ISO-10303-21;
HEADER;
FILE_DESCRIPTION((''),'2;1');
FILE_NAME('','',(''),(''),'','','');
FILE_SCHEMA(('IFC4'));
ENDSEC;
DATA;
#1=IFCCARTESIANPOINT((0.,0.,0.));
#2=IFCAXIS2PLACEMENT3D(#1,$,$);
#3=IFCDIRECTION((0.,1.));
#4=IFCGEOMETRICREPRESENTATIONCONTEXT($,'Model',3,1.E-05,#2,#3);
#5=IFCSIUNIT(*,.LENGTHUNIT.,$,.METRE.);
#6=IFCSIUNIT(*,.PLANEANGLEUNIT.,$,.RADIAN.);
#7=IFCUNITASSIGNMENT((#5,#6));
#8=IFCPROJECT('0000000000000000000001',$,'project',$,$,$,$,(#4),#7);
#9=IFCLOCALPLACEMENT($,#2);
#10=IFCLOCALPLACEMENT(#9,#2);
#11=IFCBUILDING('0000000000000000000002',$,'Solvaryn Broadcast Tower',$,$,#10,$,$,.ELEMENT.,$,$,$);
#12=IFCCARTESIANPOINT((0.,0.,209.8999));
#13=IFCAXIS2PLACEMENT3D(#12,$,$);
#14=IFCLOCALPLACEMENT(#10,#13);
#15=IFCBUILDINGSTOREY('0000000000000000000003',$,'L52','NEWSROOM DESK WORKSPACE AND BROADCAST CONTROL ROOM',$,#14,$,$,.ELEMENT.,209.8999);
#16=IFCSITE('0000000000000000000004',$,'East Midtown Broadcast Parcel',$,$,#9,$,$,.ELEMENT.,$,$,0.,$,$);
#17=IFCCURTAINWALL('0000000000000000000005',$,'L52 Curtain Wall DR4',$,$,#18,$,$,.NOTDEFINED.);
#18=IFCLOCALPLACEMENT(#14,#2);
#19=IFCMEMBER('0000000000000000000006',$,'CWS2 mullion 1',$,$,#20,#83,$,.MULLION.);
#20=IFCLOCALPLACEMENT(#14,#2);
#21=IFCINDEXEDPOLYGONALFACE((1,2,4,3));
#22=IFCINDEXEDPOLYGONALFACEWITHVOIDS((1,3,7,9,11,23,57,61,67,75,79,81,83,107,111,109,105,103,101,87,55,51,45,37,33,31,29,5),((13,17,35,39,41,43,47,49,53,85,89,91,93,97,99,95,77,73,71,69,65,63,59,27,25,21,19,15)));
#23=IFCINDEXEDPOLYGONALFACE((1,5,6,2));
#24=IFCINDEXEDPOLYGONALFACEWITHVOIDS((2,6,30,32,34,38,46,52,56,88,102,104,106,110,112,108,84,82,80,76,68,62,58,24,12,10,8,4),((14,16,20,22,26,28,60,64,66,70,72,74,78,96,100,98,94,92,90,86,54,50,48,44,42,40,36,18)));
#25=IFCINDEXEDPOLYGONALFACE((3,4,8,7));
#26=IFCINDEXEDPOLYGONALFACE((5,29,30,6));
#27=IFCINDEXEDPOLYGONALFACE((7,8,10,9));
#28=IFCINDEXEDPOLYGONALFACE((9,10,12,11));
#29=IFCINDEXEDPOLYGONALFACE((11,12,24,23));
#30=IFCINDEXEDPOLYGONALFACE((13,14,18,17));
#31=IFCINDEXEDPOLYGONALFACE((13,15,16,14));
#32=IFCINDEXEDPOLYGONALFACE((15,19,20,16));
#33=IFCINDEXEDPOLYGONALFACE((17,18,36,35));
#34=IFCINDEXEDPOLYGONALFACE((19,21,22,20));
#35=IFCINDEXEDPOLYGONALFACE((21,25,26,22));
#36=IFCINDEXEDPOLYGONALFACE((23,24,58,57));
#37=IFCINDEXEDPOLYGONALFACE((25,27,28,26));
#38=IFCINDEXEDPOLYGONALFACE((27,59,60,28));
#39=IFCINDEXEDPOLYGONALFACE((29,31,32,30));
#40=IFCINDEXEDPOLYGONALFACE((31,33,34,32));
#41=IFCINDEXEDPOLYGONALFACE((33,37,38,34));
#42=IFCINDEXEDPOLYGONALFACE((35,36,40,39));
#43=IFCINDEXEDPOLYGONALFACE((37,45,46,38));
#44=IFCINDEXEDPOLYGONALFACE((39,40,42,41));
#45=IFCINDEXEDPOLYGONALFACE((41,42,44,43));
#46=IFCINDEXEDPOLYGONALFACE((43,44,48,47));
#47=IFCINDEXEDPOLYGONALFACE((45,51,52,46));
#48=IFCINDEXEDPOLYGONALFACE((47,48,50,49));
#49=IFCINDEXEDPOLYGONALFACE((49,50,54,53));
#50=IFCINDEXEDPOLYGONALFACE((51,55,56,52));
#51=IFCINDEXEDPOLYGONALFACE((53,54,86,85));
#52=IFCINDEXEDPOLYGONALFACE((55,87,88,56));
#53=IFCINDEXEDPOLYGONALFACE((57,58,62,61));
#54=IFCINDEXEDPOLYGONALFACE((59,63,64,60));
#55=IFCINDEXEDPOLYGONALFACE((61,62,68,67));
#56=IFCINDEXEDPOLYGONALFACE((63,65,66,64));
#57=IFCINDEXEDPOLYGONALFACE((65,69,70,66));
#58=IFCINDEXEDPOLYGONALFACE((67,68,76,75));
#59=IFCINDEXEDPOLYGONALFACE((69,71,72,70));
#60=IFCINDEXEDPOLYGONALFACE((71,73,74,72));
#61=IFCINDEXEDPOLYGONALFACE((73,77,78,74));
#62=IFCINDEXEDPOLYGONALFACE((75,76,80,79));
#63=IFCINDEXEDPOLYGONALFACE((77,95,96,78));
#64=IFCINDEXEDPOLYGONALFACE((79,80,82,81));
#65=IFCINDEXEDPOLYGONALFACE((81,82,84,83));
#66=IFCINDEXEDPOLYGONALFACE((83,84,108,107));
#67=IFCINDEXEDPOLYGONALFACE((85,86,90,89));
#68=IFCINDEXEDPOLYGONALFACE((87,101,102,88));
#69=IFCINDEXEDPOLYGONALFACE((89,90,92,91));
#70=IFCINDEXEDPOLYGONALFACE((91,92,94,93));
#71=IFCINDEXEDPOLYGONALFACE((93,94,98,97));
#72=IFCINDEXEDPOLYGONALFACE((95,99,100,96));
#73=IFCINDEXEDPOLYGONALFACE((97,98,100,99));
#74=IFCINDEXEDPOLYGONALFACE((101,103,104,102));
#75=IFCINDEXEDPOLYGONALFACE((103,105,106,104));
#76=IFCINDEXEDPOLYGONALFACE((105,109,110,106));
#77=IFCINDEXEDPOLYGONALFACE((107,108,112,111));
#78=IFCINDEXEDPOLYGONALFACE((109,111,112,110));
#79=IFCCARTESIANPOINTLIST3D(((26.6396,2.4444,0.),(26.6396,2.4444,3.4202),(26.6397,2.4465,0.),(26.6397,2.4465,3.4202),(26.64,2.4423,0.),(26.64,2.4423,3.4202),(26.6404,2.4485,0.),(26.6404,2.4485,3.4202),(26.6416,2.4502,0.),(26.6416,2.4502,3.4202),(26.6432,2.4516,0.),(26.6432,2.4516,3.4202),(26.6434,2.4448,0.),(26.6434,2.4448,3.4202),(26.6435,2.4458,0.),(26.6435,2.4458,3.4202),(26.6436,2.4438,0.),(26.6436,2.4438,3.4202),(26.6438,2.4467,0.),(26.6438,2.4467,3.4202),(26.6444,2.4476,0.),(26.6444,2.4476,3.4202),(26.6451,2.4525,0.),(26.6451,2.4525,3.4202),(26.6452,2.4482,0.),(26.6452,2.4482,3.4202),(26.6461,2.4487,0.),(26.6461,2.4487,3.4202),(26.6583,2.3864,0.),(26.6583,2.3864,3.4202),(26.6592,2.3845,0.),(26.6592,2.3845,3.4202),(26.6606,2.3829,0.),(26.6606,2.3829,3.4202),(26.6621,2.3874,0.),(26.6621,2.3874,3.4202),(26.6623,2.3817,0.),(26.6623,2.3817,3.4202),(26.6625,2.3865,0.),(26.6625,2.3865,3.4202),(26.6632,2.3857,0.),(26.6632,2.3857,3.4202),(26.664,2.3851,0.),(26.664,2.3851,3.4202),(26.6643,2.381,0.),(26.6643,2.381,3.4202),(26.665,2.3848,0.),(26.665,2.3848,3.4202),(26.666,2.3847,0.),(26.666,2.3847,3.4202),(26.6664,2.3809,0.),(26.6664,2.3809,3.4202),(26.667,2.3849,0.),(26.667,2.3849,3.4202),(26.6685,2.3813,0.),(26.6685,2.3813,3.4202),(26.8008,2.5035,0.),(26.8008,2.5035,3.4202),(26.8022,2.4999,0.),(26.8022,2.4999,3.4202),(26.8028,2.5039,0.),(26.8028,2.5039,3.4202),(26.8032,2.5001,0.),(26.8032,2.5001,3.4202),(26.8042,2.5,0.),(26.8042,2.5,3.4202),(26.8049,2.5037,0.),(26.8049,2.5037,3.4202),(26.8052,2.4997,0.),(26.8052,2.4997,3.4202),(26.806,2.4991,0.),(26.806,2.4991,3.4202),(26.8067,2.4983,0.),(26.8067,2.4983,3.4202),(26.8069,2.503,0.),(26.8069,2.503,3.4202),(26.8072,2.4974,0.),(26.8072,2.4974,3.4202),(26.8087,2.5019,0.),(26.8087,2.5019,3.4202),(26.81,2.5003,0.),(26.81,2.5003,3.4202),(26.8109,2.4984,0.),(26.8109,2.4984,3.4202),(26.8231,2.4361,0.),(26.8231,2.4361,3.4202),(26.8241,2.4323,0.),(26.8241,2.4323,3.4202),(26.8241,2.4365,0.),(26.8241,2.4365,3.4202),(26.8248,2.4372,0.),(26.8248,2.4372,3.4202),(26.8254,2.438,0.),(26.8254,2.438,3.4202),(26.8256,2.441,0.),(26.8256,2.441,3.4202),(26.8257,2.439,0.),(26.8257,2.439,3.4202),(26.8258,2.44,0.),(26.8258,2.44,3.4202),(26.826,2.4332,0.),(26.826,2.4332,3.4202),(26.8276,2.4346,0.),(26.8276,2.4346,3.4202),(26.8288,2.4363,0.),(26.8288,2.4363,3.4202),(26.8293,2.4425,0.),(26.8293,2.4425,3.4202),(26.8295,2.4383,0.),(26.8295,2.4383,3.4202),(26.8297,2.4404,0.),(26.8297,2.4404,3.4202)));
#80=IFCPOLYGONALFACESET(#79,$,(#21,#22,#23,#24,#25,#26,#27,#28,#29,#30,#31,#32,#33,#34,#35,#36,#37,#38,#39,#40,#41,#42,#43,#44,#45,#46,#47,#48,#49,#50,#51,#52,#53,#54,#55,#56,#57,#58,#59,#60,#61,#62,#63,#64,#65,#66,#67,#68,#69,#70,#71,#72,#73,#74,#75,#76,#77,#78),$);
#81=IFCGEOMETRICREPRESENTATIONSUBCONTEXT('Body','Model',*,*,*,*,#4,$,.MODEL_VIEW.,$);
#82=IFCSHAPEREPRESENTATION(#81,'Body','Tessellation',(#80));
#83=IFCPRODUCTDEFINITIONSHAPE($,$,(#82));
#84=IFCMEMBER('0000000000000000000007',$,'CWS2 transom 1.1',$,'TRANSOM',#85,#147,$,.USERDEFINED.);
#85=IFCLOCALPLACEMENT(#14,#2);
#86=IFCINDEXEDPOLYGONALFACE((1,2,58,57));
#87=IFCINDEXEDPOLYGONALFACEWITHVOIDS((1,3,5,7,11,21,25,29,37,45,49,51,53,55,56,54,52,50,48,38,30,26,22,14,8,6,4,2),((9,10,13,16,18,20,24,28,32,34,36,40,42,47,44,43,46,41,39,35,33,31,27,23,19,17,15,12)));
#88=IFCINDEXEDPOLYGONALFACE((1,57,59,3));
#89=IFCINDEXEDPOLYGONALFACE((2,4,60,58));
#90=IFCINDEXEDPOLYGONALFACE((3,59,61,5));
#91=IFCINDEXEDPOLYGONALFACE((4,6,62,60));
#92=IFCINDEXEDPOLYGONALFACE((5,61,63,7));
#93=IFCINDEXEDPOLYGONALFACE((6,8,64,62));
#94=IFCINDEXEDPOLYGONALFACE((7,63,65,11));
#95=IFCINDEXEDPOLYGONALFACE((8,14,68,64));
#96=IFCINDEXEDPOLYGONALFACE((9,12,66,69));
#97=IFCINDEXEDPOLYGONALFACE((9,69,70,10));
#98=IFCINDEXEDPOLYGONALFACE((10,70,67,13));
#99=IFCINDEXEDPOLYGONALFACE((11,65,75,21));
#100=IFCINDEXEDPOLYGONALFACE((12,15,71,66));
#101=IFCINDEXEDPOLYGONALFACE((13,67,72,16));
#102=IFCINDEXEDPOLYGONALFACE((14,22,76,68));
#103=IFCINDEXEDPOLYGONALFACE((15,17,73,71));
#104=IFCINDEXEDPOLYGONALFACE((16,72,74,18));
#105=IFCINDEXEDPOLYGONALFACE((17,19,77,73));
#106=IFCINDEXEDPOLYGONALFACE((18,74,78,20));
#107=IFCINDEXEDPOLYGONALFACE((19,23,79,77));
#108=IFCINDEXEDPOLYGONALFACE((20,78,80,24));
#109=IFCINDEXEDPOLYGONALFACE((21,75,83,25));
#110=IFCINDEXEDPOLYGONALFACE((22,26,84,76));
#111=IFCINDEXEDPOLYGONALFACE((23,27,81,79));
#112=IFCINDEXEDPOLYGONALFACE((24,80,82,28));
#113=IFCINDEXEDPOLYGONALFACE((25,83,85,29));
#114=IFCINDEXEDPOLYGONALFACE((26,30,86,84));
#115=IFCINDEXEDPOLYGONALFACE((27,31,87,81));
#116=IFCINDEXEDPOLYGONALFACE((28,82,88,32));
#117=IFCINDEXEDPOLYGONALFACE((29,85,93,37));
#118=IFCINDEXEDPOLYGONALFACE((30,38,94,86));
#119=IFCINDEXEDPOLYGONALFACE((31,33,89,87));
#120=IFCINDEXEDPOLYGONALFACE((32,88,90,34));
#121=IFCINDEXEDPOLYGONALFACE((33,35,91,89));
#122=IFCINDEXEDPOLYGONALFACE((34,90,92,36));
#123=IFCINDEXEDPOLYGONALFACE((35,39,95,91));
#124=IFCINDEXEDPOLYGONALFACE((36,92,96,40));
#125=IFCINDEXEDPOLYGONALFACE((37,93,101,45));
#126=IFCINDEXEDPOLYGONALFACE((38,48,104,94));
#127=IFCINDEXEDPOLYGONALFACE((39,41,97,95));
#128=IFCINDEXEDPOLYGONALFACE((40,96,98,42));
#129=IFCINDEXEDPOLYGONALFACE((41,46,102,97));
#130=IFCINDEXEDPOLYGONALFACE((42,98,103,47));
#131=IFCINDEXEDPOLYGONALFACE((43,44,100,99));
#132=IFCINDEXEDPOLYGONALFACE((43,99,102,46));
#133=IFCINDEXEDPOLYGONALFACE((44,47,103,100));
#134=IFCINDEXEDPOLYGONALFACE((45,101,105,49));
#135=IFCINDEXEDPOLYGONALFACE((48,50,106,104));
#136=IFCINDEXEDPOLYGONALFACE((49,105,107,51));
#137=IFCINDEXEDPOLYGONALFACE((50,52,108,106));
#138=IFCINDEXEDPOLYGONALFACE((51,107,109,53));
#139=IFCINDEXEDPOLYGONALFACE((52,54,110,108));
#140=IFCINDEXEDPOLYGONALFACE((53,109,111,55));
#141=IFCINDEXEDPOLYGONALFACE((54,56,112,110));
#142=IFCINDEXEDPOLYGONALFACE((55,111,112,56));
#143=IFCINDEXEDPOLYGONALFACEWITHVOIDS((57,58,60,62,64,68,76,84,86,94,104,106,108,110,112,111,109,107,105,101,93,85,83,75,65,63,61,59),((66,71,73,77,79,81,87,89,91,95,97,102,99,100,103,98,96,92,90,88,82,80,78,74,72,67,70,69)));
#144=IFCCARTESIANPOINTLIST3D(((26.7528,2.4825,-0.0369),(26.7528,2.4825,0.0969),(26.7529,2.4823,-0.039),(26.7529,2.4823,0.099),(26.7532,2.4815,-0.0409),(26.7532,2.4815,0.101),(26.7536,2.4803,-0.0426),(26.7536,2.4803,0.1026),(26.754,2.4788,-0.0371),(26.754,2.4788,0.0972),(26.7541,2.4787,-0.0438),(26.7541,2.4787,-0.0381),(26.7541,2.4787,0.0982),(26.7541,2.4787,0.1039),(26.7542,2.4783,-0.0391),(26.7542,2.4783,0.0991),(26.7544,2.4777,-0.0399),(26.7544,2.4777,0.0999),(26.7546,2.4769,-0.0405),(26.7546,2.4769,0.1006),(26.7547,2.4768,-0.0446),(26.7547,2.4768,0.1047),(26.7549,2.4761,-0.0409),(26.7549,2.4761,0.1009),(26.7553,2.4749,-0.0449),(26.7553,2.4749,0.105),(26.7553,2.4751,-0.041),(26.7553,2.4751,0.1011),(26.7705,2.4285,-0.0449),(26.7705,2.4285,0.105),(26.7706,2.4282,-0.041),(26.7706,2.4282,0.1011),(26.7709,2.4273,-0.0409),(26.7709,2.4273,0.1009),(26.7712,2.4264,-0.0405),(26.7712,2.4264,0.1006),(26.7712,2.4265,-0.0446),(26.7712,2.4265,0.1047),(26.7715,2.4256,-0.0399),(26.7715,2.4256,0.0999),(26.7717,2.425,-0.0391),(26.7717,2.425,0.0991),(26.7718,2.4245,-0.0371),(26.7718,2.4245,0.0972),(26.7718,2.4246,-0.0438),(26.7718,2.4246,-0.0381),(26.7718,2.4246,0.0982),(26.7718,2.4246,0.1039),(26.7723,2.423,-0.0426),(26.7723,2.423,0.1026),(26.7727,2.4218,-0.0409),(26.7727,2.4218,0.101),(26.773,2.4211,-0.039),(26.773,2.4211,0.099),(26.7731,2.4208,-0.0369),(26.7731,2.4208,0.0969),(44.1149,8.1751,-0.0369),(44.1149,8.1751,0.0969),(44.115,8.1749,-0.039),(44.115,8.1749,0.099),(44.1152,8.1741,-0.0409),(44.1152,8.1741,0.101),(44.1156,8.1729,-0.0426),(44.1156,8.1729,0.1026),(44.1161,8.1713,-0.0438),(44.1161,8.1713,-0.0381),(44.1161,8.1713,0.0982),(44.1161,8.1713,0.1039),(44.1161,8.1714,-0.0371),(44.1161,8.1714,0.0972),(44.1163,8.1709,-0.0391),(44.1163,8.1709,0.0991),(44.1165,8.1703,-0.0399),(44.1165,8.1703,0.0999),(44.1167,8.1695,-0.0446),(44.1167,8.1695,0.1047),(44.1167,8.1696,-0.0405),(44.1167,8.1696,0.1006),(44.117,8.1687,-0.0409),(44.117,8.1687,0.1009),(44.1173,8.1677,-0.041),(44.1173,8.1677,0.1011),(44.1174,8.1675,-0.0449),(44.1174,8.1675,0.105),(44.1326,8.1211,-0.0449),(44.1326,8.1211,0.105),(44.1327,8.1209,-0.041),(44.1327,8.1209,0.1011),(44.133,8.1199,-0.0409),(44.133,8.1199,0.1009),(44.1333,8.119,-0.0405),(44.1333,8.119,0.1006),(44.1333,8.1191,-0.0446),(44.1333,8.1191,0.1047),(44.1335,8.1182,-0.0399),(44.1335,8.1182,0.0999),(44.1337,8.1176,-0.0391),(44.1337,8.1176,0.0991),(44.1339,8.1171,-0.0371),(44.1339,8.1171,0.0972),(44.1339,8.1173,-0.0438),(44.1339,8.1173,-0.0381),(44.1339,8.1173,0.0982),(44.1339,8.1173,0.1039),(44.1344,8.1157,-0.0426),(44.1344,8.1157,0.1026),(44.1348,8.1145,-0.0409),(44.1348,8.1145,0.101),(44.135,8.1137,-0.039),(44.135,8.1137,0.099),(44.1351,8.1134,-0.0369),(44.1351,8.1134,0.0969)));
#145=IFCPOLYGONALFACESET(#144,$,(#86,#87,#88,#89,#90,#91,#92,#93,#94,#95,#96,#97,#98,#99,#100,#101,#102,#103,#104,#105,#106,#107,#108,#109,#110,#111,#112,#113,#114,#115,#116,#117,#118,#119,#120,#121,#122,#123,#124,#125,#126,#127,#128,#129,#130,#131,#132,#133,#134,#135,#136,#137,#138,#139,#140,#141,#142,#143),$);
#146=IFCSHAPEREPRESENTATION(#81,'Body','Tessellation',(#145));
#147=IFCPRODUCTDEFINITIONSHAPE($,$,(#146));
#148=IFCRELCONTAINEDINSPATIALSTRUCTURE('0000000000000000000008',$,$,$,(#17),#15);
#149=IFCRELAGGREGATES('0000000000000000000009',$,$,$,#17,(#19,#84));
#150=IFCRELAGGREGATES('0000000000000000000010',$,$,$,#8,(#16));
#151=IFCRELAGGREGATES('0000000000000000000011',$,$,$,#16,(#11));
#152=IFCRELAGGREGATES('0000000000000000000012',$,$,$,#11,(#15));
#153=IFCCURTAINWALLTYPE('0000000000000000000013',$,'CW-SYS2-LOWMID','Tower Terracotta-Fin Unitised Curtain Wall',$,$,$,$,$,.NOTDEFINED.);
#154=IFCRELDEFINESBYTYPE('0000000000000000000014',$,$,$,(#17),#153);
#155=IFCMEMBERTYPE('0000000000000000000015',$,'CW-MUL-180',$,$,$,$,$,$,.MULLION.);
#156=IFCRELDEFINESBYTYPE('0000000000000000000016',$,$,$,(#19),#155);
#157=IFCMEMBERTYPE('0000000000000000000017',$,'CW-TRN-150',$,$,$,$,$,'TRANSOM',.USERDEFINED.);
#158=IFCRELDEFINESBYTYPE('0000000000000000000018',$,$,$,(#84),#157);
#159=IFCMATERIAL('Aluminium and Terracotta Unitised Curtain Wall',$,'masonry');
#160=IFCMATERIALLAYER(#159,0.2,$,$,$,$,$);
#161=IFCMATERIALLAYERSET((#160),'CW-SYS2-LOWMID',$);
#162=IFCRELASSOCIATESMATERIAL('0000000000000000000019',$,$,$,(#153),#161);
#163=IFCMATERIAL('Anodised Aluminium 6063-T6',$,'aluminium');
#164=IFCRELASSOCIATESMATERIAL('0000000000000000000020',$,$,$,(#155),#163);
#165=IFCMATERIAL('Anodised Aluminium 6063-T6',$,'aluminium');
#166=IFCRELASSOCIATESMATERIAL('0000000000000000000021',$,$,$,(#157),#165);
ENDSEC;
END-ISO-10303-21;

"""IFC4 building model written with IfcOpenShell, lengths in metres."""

from ifc_helpers import new_model, si_unit, direction, frame, origin, origin_2d, place, context, subcontext, project, spatial, hollow_rectangle, extrude, material, layer, layer_set, material_profile, profile_set, type_object, element, aggregate, save


model = new_model("IFC4")

# Units and contexts
model_context = context("Model", 3, precision=1e-05, world=origin(), true_north=direction((0.0, 1.0)))
body_context = subcontext(model_context, "Body", "Model", "MODEL_VIEW")
ifc_project = project(units=[si_unit("LENGTHUNIT", "METRE"), si_unit("PLANEANGLEUNIT", "RADIAN")], contexts=[model_context])

# Site, building, storey
site_placement = place(None, origin())
site = spatial("IfcSite", under=ifc_project, at=site_placement, Name="East Midtown Broadcast Parcel", CompositionType="ELEMENT", RefElevation=0.0)
building_placement = place(site_placement, origin())
building = spatial("IfcBuilding", under=site, at=building_placement, Name="Solvaryn Broadcast Tower", CompositionType="ELEMENT")
storey_placement = place(building_placement, frame((0.0, 0.0, 209.8999)))
storey = spatial("IfcBuildingStorey", under=building, at=storey_placement, Name="L52", Description="NEWSROOM DESK WORKSPACE AND BROADCAST CONTROL ROOM", CompositionType="ELEMENT", Elevation=209.8999)

# Shared definitions
ifc_material_1 = material(Name="Aluminium and Terracotta Unitised Curtain Wall", Category="masonry")
ifc_layer_1 = layer(ifc_material_1, 0.2)
ifc_layer_set_1 = layer_set([ifc_layer_1], Name="CW-SYS2-LOWMID")
curtain_wall_type = type_object("IfcCurtainWallType", Name="CW-SYS2-LOWMID", Description="Tower Terracotta-Fin Unitised Curtain Wall", PredefinedType="NOTDEFINED", material=ifc_layer_set_1)
ifc_material_2 = material(Name="Anodised Aluminium 6063-T6", Category="aluminium")
ifc_material_profile_1 = material_profile(ifc_material_2, hollow_rectangle(XDim=0.075, YDim=0.1799, WallThickness=0.0039, InnerFilletRadius=0.0039, OuterFilletRadius=0.0081, at=origin_2d()))
ifc_profile_set_1 = profile_set([ifc_material_profile_1], Name="Anodised Aluminium 6063-T6")
member_type_1 = type_object("IfcMemberType", Name="CW-MUL-180", PredefinedType="MULLION", material=ifc_profile_set_1)

# Curtain wall, members
curtain_wall_1_placement = place(storey_placement, origin())
curtain_wall_1 = element("IfcCurtainWall", 1, at=curtain_wall_1_placement, inside=storey, type_object=curtain_wall_type, Name="L52 Curtain Wall DR4", PredefinedType="NOTDEFINED")
member_1_placement = place(storey_placement, frame((26.7346, 2.4424, 0.0), z_axis=(0.0, 0.0, 1.0), x_axis=(-0.311559, 0.950227, 0.0)))
member_1 = element("IfcMember", 2, at=member_1_placement, type_object=member_type_1, Name="CWS2 mullion 1", PredefinedType="MULLION", context=body_context, shape_type="SweptSolid", body=[
    extrude(hollow_rectangle(XDim=0.075, YDim=0.1799, WallThickness=0.0039, InnerFilletRadius=0.0039, OuterFilletRadius=0.0081, at=origin_2d()), origin(), (0.0, 0.0, 1.0), 3.4202),
])
ifc_material_3 = material(Name="Anodised Aluminium 6063-T6", Category="aluminium")
ifc_material_profile_2 = material_profile(ifc_material_3, hollow_rectangle(XDim=0.0649, YDim=0.1499, WallThickness=0.0039, InnerFilletRadius=0.0039, OuterFilletRadius=0.0081, at=origin_2d()))
ifc_profile_set_2 = profile_set([ifc_material_profile_2], Name="Anodised Aluminium 6063-T6")
member_type_2 = type_object("IfcMemberType", Name="CW-TRN-150", ElementType="TRANSOM", PredefinedType="USERDEFINED", material=ifc_profile_set_2)
member_2_placement = place(storey_placement, frame((26.7629, 2.4517, 0.03), z_axis=(0.950227, 0.311558, 0.0), x_axis=(-0.311558, 0.950227, 0.0)))
member_2 = element("IfcMember", 3, at=member_2_placement, type_object=member_type_2, Name="CWS2 transom 1.1", ObjectType="TRANSOM", PredefinedType="USERDEFINED", context=body_context, shape_type="SweptSolid", body=[
    extrude(hollow_rectangle(XDim=0.0649, YDim=0.1499, WallThickness=0.0039, InnerFilletRadius=0.0039, OuterFilletRadius=0.0081, at=origin_2d()), origin(), (0.0, 0.0, 1.0), 18.2715),
])
aggregate(curtain_wall_1, [member_1, member_2])

save(model, "model.ifc")
